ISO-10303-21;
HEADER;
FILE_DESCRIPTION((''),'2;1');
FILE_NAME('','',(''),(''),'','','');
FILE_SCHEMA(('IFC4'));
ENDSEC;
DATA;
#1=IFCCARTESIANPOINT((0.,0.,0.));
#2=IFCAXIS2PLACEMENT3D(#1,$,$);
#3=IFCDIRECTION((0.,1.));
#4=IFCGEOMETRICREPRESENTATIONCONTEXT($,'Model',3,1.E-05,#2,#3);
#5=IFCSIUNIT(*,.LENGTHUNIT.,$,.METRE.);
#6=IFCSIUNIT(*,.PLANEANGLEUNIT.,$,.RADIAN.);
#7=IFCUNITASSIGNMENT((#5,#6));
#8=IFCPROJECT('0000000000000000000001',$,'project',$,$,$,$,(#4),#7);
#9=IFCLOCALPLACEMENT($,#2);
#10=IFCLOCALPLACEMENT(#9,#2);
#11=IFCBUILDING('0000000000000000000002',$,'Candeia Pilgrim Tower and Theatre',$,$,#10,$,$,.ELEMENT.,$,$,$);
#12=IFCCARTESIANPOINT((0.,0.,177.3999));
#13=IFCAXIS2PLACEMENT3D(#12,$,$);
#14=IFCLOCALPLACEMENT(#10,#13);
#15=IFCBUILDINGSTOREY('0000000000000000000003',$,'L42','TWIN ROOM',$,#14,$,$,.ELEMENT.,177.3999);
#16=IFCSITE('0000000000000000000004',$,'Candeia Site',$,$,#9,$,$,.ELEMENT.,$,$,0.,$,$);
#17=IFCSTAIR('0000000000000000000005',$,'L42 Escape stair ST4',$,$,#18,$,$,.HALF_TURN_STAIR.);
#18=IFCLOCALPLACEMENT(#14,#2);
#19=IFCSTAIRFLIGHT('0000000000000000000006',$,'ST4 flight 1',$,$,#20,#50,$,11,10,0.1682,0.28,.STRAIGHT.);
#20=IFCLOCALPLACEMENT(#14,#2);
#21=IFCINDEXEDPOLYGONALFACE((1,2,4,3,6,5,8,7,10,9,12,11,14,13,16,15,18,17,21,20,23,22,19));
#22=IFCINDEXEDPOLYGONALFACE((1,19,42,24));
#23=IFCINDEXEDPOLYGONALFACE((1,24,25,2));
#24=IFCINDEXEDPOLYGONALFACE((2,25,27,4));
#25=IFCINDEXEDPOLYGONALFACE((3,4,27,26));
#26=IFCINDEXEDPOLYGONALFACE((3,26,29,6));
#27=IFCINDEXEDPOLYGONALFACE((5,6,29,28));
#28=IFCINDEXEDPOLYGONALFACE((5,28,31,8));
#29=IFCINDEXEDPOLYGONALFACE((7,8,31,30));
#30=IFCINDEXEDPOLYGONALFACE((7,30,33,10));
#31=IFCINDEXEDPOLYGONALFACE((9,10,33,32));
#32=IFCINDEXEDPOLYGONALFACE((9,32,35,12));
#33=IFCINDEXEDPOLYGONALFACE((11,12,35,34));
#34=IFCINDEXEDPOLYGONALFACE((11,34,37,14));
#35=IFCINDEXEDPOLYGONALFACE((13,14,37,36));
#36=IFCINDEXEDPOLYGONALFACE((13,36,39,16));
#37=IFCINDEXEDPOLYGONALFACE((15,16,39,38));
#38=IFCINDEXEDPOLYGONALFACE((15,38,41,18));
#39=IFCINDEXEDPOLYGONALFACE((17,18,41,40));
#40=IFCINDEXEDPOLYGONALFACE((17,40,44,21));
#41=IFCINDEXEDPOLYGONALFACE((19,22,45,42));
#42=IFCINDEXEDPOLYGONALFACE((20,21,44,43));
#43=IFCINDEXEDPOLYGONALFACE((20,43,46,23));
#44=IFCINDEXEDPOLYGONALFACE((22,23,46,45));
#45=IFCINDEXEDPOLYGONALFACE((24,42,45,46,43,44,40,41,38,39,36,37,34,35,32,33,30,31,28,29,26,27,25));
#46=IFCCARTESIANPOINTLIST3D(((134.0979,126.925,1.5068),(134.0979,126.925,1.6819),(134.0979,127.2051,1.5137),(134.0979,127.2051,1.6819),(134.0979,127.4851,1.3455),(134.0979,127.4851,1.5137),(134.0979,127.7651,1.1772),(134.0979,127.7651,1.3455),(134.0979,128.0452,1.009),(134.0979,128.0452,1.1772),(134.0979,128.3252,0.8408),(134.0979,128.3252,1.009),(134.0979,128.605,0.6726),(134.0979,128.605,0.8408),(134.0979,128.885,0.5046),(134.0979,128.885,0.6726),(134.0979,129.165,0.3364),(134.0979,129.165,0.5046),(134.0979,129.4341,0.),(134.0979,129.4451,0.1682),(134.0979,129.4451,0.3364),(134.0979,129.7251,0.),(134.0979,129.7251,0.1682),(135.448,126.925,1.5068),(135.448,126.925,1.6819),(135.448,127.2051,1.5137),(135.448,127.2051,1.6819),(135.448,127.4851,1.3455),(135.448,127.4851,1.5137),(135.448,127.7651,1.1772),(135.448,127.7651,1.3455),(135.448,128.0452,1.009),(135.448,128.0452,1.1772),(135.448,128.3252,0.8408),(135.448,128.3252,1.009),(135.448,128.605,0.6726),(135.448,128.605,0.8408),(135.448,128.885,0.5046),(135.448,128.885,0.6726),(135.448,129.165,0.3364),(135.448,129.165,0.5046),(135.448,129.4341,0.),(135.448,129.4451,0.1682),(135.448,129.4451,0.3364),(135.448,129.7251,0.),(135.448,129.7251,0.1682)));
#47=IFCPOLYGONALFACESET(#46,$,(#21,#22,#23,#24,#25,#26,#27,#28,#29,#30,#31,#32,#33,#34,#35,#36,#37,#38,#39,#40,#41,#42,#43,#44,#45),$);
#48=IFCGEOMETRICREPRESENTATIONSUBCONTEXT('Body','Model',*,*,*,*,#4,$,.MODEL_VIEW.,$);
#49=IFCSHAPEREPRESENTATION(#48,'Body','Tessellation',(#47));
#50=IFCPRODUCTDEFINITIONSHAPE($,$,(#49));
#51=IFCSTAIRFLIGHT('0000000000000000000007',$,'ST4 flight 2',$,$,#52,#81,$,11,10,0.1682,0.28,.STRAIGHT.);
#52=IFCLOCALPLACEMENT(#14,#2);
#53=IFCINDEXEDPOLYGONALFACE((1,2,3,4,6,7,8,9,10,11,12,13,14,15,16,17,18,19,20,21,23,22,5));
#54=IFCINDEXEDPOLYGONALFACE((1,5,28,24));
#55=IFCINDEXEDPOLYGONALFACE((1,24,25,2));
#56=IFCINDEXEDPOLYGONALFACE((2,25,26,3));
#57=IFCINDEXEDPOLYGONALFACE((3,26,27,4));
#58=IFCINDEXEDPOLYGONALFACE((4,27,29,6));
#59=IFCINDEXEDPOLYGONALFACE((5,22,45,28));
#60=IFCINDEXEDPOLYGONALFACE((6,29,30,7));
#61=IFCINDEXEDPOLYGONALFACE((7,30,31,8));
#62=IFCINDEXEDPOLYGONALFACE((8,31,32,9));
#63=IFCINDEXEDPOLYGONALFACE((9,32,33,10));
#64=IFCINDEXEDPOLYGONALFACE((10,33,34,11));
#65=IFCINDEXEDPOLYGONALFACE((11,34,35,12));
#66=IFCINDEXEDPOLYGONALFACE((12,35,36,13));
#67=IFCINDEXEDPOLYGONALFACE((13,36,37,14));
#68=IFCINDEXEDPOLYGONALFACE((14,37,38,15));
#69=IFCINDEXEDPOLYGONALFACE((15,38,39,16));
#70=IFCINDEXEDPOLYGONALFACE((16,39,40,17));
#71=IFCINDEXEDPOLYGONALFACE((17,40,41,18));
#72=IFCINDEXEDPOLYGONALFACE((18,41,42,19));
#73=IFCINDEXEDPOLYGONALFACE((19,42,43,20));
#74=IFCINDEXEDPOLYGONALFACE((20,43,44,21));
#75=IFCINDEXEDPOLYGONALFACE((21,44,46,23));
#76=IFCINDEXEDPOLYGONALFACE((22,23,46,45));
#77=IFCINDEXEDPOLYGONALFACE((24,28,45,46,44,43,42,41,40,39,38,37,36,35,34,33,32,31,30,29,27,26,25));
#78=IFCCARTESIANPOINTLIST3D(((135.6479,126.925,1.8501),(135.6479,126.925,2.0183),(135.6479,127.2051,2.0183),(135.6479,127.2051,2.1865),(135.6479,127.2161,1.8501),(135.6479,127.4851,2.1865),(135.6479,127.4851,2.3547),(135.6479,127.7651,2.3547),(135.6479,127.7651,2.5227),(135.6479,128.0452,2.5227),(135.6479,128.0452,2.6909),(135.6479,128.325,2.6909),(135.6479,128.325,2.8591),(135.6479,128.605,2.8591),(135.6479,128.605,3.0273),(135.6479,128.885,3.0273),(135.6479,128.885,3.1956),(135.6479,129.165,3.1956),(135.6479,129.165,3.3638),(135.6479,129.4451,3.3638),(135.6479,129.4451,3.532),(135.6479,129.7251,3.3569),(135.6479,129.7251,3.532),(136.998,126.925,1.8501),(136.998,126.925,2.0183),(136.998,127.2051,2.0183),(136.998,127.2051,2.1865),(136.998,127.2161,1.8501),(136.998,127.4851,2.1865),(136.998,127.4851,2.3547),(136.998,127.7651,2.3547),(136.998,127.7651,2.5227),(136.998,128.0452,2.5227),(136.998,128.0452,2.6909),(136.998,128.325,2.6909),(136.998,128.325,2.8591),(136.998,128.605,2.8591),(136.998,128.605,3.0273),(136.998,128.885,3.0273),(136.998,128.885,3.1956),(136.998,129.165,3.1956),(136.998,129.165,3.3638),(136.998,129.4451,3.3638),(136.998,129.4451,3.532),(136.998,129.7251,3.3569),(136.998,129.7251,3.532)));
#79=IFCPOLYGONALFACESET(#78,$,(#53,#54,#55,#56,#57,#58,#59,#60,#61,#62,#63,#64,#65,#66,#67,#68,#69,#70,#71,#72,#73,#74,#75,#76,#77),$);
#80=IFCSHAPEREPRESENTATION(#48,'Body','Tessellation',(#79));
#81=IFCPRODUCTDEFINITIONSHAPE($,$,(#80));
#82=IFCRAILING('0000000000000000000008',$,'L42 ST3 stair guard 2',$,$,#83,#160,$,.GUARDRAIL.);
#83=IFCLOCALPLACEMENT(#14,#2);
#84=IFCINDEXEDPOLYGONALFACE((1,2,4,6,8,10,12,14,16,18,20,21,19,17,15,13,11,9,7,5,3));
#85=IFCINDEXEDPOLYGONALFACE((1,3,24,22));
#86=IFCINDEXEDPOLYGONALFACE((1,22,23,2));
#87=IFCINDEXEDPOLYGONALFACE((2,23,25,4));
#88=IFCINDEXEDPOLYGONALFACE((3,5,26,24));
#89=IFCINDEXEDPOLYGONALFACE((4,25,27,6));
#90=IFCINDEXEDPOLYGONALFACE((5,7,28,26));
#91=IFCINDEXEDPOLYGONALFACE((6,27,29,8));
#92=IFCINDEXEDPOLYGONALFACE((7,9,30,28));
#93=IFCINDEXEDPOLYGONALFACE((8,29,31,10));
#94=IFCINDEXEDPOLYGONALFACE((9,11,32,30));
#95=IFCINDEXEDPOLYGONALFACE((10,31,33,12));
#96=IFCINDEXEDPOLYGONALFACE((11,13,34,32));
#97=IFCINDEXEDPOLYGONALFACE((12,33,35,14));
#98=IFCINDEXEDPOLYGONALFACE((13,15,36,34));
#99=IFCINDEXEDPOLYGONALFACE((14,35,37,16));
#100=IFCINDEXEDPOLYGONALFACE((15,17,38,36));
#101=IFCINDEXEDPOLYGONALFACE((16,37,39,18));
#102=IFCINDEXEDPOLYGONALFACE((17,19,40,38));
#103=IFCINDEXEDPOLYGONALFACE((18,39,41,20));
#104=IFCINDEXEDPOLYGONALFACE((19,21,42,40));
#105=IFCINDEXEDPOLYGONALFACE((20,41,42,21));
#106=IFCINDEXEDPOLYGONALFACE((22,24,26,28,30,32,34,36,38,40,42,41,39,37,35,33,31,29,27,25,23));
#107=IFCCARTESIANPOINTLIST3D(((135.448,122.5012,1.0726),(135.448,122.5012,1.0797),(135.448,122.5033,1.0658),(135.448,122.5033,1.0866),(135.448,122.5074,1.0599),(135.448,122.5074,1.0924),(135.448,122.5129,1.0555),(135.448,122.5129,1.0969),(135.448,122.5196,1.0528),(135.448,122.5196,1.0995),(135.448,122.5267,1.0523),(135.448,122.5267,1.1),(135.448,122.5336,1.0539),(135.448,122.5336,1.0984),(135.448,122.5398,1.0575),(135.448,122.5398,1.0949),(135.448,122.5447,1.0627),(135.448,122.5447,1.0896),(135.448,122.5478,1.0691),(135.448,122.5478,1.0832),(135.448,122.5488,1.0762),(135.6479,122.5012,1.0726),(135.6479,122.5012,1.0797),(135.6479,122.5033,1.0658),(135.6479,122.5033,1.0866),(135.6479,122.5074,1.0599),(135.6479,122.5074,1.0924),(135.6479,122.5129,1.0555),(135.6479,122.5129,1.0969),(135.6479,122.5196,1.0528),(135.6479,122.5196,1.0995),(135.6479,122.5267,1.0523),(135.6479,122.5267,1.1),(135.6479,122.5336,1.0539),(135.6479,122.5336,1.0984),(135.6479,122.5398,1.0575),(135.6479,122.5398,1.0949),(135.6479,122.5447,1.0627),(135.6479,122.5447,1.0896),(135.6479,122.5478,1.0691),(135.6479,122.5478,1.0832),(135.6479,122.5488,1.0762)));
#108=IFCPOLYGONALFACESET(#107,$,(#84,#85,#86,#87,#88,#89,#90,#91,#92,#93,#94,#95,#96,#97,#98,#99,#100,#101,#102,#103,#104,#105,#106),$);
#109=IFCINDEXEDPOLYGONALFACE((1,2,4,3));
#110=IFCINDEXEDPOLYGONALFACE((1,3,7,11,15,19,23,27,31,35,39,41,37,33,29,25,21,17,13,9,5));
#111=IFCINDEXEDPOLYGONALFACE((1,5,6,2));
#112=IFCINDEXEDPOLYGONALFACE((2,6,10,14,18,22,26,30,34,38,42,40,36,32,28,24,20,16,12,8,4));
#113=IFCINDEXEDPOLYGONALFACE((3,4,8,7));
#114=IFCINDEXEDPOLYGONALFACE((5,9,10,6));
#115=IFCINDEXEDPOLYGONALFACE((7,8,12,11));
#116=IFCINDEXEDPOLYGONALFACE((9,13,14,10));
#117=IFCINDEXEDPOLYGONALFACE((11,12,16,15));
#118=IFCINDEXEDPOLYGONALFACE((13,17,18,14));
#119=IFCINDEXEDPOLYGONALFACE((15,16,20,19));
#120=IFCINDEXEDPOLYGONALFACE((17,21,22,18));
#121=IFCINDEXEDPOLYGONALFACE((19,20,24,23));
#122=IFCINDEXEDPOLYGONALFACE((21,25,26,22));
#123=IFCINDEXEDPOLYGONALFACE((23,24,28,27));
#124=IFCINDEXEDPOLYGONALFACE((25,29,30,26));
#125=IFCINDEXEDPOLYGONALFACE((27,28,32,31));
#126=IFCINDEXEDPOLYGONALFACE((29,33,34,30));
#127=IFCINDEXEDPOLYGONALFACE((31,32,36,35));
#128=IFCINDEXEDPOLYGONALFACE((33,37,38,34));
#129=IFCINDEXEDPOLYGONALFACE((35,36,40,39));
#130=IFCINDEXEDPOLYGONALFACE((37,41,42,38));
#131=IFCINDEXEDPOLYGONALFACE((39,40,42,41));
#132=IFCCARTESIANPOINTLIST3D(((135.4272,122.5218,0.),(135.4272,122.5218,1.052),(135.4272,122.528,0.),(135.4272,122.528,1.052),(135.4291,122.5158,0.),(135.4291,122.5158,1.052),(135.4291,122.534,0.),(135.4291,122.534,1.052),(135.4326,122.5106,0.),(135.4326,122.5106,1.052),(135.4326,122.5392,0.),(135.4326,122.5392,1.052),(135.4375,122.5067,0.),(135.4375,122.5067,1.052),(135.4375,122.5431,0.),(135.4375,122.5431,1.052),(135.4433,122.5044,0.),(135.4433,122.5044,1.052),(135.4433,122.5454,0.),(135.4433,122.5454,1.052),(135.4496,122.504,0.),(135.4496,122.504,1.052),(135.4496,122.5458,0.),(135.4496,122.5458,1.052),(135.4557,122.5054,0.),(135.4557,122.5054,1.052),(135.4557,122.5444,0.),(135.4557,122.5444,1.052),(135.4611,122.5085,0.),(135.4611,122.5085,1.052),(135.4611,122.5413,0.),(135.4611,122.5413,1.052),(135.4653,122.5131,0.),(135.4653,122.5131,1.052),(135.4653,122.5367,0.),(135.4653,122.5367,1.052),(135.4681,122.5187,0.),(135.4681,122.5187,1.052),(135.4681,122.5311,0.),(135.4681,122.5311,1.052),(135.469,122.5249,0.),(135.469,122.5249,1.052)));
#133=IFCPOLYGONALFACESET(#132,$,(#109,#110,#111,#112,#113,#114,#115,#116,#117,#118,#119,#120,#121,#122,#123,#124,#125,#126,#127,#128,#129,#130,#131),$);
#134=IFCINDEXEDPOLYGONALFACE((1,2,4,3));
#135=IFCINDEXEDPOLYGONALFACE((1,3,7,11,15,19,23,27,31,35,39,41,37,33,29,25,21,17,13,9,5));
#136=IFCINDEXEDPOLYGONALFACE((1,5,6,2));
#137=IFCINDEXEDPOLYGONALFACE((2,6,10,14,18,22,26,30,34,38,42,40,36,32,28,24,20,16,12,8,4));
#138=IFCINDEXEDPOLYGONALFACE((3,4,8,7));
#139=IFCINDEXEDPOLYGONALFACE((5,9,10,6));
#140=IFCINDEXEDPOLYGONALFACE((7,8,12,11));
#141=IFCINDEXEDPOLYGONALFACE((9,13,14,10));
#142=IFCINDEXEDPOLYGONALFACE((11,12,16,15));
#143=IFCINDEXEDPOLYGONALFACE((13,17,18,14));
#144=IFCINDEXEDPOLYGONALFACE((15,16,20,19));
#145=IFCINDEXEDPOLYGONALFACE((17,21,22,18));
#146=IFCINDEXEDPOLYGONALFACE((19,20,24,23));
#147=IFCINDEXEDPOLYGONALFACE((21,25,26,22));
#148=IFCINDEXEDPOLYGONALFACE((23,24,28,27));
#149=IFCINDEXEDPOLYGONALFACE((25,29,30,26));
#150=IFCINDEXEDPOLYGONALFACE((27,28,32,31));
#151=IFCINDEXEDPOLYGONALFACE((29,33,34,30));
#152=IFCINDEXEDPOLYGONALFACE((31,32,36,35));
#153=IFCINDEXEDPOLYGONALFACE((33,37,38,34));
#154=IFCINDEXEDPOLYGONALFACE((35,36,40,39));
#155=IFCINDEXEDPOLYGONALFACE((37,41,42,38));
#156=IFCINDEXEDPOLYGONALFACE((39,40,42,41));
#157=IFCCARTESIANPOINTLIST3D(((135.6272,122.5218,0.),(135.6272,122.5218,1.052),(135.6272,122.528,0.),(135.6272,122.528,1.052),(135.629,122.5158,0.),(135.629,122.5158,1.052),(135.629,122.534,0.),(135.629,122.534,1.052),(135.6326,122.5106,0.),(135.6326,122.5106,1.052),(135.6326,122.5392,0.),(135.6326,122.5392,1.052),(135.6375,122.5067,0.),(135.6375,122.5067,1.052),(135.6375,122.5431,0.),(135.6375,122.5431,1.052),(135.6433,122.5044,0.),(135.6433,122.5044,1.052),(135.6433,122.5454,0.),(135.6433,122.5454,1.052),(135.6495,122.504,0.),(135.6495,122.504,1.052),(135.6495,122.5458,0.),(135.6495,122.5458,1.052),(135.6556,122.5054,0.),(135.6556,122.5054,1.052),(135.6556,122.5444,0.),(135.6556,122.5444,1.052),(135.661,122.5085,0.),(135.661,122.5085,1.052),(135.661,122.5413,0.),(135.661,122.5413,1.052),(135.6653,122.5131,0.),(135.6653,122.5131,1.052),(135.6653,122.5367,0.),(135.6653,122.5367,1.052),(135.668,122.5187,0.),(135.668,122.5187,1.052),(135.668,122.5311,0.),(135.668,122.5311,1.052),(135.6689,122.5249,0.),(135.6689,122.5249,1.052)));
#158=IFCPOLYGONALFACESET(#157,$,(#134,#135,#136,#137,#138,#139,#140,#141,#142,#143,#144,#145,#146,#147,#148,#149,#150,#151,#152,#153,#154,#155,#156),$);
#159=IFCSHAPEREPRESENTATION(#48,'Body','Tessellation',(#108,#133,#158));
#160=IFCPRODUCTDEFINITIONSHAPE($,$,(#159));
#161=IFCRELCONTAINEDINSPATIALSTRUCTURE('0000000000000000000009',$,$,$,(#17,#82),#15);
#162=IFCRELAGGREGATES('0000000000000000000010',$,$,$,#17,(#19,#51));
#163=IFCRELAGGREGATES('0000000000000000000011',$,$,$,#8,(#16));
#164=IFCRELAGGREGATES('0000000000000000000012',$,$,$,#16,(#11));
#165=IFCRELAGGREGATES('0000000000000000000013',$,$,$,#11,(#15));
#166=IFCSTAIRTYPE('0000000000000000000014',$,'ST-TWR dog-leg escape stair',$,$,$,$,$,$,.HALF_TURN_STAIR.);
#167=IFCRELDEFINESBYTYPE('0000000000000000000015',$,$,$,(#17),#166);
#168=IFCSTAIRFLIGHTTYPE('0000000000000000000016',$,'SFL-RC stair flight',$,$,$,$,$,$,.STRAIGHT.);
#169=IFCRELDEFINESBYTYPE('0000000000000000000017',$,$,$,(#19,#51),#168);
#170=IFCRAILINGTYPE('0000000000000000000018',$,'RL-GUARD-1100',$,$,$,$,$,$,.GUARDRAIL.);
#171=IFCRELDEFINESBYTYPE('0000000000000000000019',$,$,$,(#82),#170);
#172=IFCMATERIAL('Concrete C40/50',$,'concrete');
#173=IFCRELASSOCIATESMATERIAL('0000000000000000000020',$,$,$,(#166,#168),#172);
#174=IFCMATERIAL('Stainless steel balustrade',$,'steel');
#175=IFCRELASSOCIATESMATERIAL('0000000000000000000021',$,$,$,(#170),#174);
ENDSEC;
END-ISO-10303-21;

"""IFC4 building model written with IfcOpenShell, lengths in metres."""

from ifc_helpers import new_model, si_unit, direction, frame, origin, origin_2d, place, context, subcontext, project, spatial, polyline, circle, outline, extrude, material, type_object, element, aggregate, save


model = new_model("IFC4")

# Units and contexts
model_context = context("Model", 3, precision=1e-05, world=origin(), true_north=direction((0.0, 1.0)))
body_context = subcontext(model_context, "Body", "Model", "MODEL_VIEW")
ifc_project = project(units=[si_unit("LENGTHUNIT", "METRE"), si_unit("PLANEANGLEUNIT", "RADIAN")], contexts=[model_context])

# Site, building, storey
site_placement = place(None, origin())
site = spatial("IfcSite", under=ifc_project, at=site_placement, Name="Candeia Site", CompositionType="ELEMENT", RefElevation=0.0)
building_placement = place(site_placement, origin())
building = spatial("IfcBuilding", under=site, at=building_placement, Name="Candeia Pilgrim Tower and Theatre", CompositionType="ELEMENT")
storey_placement = place(building_placement, frame((0.0, 0.0, 177.3999)))
storey = spatial("IfcBuildingStorey", under=building, at=storey_placement, Name="L42", Description="TWIN ROOM", CompositionType="ELEMENT", Elevation=177.3999)

# Shared definitions
ifc_material_1 = material(Name="Concrete C40/50", Category="concrete")

# Stair, stair flights
stair_type = type_object("IfcStairType", Name="ST-TWR dog-leg escape stair", PredefinedType="HALF_TURN_STAIR", material=ifc_material_1)
stair_flight_type = type_object("IfcStairFlightType", Name="SFL-RC stair flight", PredefinedType="STRAIGHT", material=ifc_material_1)
stair_1_placement = place(storey_placement, origin())
stair_1 = element("IfcStair", 1, at=stair_1_placement, inside=storey, type_object=stair_type, Name="L42 Escape stair ST4", PredefinedType="HALF_TURN_STAIR")
stair_flight_1_placement = place(storey_placement, frame((134.7729, 129.7251, 0.0), z_axis=(0.0, 0.0, 1.0), x_axis=(0.0, -1.0, 0.0)))
stair_flight_1 = element("IfcStairFlight", 2, at=stair_flight_1_placement, type_object=stair_flight_type, Name="ST4 flight 1", NumberOfRisers=11, NumberOfTreads=10, PredefinedType="STRAIGHT", RiserHeight=0.1682, TreadLength=0.28, context=body_context, shape_type="SweptSolid", body=[
    extrude(outline(polyline([(0.0, 0.0), (0.0, 0.1682), (0.28, 0.1682), (0.28, 0.3364), (0.5601, 0.3364), (0.5601, 0.5046), (0.8401, 0.5046), (0.8401, 0.6726), (1.1201, 0.6726), (1.1201, 0.8408), (1.3999, 0.8408), (1.3999, 1.009), (1.6799, 1.009), (1.6799, 1.1772), (1.96, 1.1772), (1.96, 1.3455), (2.24, 1.3455), (2.24, 1.5137), (2.52, 1.5137), (2.52, 1.6819), (2.8, 1.6819), (2.8, 1.8501), (2.8, 1.5068), (0.291, 0.0), (0.0, 0.0)])), frame((0.0, 0.675, 0.0), z_axis=(0.0, -1.0, 0.0), x_axis=(1.0, 0.0, 0.0)), (0.0, 0.0, 1.0), 1.3501),
])
stair_flight_2_placement = place(storey_placement, frame((136.323, 126.925, 1.8501), z_axis=(0.0, 0.0, 1.0), x_axis=(0.0, 1.0, 0.0)))
stair_flight_2 = element("IfcStairFlight", 3, at=stair_flight_2_placement, type_object=stair_flight_type, Name="ST4 flight 2", NumberOfRisers=11, NumberOfTreads=10, PredefinedType="STRAIGHT", RiserHeight=0.1682, TreadLength=0.28, context=body_context, shape_type="SweptSolid", body=[
    extrude(outline(polyline([(0.0, 0.0), (0.0, 0.1682), (0.28, 0.1682), (0.28, 0.3364), (0.5601, 0.3364), (0.5601, 0.5046), (0.8401, 0.5046), (0.8401, 0.6726), (1.1201, 0.6726), (1.1201, 0.8408), (1.3999, 0.8408), (1.3999, 1.009), (1.6799, 1.009), (1.6799, 1.1772), (1.96, 1.1772), (1.96, 1.3455), (2.24, 1.3455), (2.24, 1.5137), (2.52, 1.5137), (2.52, 1.6819), (2.8, 1.6819), (2.8, 1.8501), (2.8, 1.5068), (0.291, 0.0), (0.0, 0.0)])), frame((0.0, 0.675, 0.0), z_axis=(0.0, -1.0, 0.0), x_axis=(1.0, 0.0, 0.0)), (0.0, 0.0, 1.0), 1.3501),
])
aggregate(stair_1, [stair_flight_1, stair_flight_2])

# Railing
ifc_material_2 = material(Name="Stainless steel balustrade", Category="steel")
railing_type_1 = type_object("IfcRailingType", Name="RL-GUARD-1100", PredefinedType="GUARDRAIL", material=ifc_material_2)
railing_1_placement = place(storey_placement, frame((135.448, 122.5249, 0.0)))
element("IfcRailing", 4, at=railing_1_placement, inside=storey, type_object=railing_type_1, Name="L42 ST3 stair guard 2", PredefinedType="GUARDRAIL", context=body_context, shape_type="SweptSolid", body=[
    extrude(circle(Radius=0.0239, at=origin_2d()), frame((0.0, 0.0, 1.0762), z_axis=(1.0, 0.0, 0.0), x_axis=(0.0, 1.0, 0.0)), (0.0, 0.0, 1.0), 0.2),
    extrude(circle(Radius=0.021, at=origin_2d()), origin(), (0.0, 0.0, 1.0), 1.052),
    extrude(circle(Radius=0.021, at=origin_2d()), frame((0.2, 0.0, 0.0)), (0.0, 0.0, 1.0), 1.052),
])

save(model, "model.ifc")
